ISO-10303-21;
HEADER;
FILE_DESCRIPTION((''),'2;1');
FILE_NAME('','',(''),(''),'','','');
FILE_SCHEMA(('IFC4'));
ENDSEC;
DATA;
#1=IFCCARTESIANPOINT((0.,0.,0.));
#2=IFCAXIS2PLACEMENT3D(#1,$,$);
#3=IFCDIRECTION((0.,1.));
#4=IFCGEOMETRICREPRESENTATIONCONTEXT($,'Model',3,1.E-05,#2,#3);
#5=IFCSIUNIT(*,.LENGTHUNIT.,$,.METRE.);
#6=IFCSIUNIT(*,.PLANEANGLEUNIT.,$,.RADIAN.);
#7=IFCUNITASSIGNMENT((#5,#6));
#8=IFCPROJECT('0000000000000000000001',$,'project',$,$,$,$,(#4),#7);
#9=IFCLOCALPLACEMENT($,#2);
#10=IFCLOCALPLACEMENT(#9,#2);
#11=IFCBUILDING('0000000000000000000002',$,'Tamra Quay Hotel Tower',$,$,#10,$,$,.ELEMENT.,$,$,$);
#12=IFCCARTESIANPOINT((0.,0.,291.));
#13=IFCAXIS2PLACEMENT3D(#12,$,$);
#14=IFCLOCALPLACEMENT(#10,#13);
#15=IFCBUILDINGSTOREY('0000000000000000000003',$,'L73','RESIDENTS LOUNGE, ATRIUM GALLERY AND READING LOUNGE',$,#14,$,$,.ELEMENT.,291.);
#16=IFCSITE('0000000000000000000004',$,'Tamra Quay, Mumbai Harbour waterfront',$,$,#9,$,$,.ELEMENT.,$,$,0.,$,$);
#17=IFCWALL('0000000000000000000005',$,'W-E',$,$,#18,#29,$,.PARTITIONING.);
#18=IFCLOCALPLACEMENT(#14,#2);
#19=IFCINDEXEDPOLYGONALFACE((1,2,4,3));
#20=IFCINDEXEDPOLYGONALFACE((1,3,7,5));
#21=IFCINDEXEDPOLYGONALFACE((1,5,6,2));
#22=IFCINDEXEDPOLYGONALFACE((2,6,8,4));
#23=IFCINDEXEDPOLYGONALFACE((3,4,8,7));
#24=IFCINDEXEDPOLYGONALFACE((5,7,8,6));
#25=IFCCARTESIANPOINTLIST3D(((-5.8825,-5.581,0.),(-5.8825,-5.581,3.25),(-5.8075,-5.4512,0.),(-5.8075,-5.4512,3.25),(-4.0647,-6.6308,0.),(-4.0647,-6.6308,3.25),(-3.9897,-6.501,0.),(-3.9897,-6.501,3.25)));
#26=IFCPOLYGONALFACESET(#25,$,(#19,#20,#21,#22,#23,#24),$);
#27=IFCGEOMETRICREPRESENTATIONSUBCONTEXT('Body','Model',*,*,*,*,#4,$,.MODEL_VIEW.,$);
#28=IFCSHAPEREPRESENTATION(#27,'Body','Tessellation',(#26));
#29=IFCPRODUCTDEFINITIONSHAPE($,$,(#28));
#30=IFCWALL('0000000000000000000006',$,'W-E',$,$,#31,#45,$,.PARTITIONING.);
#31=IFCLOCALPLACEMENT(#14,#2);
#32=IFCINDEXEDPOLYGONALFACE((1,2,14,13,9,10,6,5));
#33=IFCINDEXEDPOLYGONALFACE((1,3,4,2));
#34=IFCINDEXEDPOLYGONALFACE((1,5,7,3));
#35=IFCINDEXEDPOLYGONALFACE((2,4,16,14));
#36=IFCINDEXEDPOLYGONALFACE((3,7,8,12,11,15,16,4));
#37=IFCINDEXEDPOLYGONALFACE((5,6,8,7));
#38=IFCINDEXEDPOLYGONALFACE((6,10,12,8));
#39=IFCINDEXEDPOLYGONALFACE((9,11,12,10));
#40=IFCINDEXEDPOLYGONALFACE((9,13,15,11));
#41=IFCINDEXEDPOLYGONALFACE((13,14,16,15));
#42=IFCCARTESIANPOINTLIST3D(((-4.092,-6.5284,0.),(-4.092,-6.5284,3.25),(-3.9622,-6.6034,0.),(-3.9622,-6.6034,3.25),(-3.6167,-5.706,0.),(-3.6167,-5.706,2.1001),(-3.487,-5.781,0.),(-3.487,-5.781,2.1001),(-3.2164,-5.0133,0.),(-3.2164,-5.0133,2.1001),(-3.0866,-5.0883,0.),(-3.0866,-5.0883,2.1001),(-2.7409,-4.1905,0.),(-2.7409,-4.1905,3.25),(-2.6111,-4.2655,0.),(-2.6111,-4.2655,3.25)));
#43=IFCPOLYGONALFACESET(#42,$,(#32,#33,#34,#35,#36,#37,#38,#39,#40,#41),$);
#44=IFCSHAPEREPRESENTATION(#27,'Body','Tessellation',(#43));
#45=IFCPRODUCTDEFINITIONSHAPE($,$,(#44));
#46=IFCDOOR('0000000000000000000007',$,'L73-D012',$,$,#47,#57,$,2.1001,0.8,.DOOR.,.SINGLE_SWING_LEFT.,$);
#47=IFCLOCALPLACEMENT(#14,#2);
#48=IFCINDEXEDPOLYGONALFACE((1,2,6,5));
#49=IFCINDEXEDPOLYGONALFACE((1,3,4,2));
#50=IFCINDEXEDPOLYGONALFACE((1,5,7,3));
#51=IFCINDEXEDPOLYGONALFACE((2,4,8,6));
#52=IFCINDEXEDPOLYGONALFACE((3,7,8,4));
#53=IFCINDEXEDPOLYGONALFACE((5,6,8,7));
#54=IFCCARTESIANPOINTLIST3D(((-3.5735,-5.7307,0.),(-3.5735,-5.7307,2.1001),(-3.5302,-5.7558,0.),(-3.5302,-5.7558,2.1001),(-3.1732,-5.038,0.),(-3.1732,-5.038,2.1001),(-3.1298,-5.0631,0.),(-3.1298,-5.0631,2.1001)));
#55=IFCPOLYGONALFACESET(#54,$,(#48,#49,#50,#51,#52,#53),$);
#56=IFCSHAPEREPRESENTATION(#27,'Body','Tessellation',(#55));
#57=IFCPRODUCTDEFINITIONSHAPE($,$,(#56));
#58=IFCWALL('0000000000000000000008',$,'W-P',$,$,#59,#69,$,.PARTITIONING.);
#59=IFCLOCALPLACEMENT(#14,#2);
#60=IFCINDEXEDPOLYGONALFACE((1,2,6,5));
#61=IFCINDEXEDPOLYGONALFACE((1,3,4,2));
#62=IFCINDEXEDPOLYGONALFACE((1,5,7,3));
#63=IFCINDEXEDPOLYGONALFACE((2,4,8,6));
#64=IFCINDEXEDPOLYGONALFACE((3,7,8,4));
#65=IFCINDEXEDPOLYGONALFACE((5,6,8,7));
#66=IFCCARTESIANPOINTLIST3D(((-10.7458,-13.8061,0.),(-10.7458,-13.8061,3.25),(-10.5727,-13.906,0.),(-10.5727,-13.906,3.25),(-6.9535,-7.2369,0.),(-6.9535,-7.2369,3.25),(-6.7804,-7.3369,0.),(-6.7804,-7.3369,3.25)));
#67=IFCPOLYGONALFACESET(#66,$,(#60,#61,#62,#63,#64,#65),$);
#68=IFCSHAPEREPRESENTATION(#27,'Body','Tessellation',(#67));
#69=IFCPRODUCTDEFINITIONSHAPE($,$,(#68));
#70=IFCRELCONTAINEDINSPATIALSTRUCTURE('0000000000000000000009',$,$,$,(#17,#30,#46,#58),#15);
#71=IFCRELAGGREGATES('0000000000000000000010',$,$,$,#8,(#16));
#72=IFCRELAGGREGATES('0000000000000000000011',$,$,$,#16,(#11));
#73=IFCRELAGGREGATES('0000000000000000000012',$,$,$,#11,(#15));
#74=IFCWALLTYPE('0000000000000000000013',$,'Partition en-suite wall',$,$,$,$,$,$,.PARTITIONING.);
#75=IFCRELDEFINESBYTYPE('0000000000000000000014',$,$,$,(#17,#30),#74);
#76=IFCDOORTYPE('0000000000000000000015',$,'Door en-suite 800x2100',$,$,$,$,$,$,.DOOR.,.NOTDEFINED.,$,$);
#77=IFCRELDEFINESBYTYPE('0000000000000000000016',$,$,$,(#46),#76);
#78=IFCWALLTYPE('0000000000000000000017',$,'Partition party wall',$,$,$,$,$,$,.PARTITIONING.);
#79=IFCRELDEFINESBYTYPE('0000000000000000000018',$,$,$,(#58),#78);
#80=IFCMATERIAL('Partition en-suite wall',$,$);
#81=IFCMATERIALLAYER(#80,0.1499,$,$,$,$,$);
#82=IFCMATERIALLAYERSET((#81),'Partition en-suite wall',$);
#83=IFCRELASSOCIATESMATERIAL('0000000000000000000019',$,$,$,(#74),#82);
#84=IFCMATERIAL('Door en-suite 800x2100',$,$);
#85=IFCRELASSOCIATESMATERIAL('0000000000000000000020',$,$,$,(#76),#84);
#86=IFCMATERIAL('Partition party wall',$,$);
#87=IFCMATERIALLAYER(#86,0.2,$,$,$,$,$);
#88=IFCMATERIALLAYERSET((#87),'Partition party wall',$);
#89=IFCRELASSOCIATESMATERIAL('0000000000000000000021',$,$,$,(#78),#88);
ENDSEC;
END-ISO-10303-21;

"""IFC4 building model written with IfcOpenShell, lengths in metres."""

from ifc_helpers import new_model, si_unit, direction, frame, frame_2d, origin, place, context, subcontext, project, spatial, rectangle, extrude, material, layer, layer_set, type_object, element, fill, save


model = new_model("IFC4")

# Units and contexts
model_context = context("Model", 3, precision=1e-05, world=origin(), true_north=direction((0.0, 1.0)))
body_context = subcontext(model_context, "Body", "Model", "MODEL_VIEW")
ifc_project = project(units=[si_unit("LENGTHUNIT", "METRE"), si_unit("PLANEANGLEUNIT", "RADIAN")], contexts=[model_context])

# Site, building, storey
site_placement = place(None, origin())
site = spatial("IfcSite", under=ifc_project, at=site_placement, Name="Tamra Quay, Mumbai Harbour waterfront", CompositionType="ELEMENT", RefElevation=0.0)
building_placement = place(site_placement, origin())
building = spatial("IfcBuilding", under=site, at=building_placement, Name="Tamra Quay Hotel Tower", CompositionType="ELEMENT")
storey_placement = place(building_placement, frame((0.0, 0.0, 291.0)))
storey = spatial("IfcBuildingStorey", under=building, at=storey_placement, Name="L73", Description="RESIDENTS LOUNGE, ATRIUM GALLERY AND READING LOUNGE", CompositionType="ELEMENT", Elevation=291.0)

# Shared definitions
ifc_material_1 = material(Name="Partition en-suite wall")
ifc_layer_1 = layer(ifc_material_1, 0.1499)
ifc_layer_set_1 = layer_set([ifc_layer_1], Name="Partition en-suite wall")
wall_type_1 = type_object("IfcWallType", Name="Partition en-suite wall", PredefinedType="PARTITIONING", material=ifc_layer_set_1)
ifc_material_2 = material(Name="Door en-suite 800x2100")
door_type_1 = type_object("IfcDoorType", Name="Door en-suite 800x2100", OperationType="NOTDEFINED", PredefinedType="DOOR", material=ifc_material_2)

# Wall
wall_1_placement = place(storey_placement, frame((-5.845, -5.5161, 0.0), z_axis=(0.0, 0.0, 1.0), x_axis=(0.865973, -0.500092, 0.0)))
element("IfcWall", 1, at=wall_1_placement, inside=storey, type_object=wall_type_1, Name="W-E", PredefinedType="PARTITIONING", context=body_context, shape_type="SweptSolid", body=[
    extrude(rectangle(XDim=2.0991, YDim=0.1499, at=frame_2d((1.0496, 0.0))), origin(), (0.0, 0.0, 1.0), 3.25),
])

# Wall, opening, door
wall_2_placement = place(storey_placement, frame((-4.0271, -6.5659, 0.0), z_axis=(0.0, 0.0, 1.0), x_axis=(0.500359, 0.865818, 0.0)))
wall_2 = element("IfcWall", 2, at=wall_2_placement, inside=storey, type_object=wall_type_1, Name="W-E", PredefinedType="PARTITIONING", context=body_context, shape_type="SweptSolid", body=[
    extrude(rectangle(XDim=2.7002, YDim=0.1499, at=frame_2d((1.3501, 0.0))), origin(), (0.0, 0.0, 1.0), 3.25),
])
opening_1_placement = place(wall_2_placement, frame((0.95, 0.0, 0.0)))
opening_1 = element("IfcOpeningElement", 3, at=opening_1_placement, cuts=wall_2, PredefinedType="OPENING", context=body_context, shape_type="SweptSolid", body=[
    extrude(rectangle(XDim=0.8, YDim=2.1001, at=frame_2d((0.3999, 1.05))), frame((0.0, 0.085, 0.0), z_axis=(0.0, -1.0, 0.0), x_axis=(1.0, 0.0, 0.0)), (0.0, 0.0, 1.0), 0.1699),
])
door_1_placement = place(opening_1_placement, frame((0.8, 0.0, 0.0), z_axis=(0.0, 0.0, 1.0), x_axis=(-1.0, 0.0, 0.0)))
door_1 = element("IfcDoor", 4, at=door_1_placement, inside=storey, type_object=door_type_1, Name="L73-D012", OperationType="SINGLE_SWING_LEFT", OverallHeight=2.1001, OverallWidth=0.8, PredefinedType="DOOR", context=body_context, shape_type="SweptSolid", body=[
    extrude(rectangle(XDim=0.8, YDim=2.1001, at=frame_2d((0.3999, 1.05))), frame((0.0, 0.0249, 0.0), z_axis=(0.0, -1.0, 0.0), x_axis=(1.0, 0.0, 0.0)), (0.0, 0.0, 1.0), 0.05),
])
fill(opening_1, door_1)

# Wall
ifc_material_3 = material(Name="Partition party wall")
ifc_layer_2 = layer(ifc_material_3, 0.2)
ifc_layer_set_2 = layer_set([ifc_layer_2], Name="Partition party wall")
wall_type_2 = type_object("IfcWallType", Name="Partition party wall", PredefinedType="PARTITIONING", material=ifc_layer_set_2)
wall_3_placement = place(storey_placement, frame((-10.6592, -13.856, 0.0), z_axis=(0.0, 0.0, 1.0), x_axis=(0.499957, 0.86605, 0.0)))
element("IfcWall", 5, at=wall_3_placement, inside=storey, type_object=wall_type_2, Name="W-P", PredefinedType="PARTITIONING", context=body_context, shape_type="SweptSolid", body=[
    extrude(rectangle(XDim=7.5852, YDim=0.2, at=frame_2d((3.7925, 0.0))), origin(), (0.0, 0.0, 1.0), 3.25),
])

save(model, "model.ifc")
